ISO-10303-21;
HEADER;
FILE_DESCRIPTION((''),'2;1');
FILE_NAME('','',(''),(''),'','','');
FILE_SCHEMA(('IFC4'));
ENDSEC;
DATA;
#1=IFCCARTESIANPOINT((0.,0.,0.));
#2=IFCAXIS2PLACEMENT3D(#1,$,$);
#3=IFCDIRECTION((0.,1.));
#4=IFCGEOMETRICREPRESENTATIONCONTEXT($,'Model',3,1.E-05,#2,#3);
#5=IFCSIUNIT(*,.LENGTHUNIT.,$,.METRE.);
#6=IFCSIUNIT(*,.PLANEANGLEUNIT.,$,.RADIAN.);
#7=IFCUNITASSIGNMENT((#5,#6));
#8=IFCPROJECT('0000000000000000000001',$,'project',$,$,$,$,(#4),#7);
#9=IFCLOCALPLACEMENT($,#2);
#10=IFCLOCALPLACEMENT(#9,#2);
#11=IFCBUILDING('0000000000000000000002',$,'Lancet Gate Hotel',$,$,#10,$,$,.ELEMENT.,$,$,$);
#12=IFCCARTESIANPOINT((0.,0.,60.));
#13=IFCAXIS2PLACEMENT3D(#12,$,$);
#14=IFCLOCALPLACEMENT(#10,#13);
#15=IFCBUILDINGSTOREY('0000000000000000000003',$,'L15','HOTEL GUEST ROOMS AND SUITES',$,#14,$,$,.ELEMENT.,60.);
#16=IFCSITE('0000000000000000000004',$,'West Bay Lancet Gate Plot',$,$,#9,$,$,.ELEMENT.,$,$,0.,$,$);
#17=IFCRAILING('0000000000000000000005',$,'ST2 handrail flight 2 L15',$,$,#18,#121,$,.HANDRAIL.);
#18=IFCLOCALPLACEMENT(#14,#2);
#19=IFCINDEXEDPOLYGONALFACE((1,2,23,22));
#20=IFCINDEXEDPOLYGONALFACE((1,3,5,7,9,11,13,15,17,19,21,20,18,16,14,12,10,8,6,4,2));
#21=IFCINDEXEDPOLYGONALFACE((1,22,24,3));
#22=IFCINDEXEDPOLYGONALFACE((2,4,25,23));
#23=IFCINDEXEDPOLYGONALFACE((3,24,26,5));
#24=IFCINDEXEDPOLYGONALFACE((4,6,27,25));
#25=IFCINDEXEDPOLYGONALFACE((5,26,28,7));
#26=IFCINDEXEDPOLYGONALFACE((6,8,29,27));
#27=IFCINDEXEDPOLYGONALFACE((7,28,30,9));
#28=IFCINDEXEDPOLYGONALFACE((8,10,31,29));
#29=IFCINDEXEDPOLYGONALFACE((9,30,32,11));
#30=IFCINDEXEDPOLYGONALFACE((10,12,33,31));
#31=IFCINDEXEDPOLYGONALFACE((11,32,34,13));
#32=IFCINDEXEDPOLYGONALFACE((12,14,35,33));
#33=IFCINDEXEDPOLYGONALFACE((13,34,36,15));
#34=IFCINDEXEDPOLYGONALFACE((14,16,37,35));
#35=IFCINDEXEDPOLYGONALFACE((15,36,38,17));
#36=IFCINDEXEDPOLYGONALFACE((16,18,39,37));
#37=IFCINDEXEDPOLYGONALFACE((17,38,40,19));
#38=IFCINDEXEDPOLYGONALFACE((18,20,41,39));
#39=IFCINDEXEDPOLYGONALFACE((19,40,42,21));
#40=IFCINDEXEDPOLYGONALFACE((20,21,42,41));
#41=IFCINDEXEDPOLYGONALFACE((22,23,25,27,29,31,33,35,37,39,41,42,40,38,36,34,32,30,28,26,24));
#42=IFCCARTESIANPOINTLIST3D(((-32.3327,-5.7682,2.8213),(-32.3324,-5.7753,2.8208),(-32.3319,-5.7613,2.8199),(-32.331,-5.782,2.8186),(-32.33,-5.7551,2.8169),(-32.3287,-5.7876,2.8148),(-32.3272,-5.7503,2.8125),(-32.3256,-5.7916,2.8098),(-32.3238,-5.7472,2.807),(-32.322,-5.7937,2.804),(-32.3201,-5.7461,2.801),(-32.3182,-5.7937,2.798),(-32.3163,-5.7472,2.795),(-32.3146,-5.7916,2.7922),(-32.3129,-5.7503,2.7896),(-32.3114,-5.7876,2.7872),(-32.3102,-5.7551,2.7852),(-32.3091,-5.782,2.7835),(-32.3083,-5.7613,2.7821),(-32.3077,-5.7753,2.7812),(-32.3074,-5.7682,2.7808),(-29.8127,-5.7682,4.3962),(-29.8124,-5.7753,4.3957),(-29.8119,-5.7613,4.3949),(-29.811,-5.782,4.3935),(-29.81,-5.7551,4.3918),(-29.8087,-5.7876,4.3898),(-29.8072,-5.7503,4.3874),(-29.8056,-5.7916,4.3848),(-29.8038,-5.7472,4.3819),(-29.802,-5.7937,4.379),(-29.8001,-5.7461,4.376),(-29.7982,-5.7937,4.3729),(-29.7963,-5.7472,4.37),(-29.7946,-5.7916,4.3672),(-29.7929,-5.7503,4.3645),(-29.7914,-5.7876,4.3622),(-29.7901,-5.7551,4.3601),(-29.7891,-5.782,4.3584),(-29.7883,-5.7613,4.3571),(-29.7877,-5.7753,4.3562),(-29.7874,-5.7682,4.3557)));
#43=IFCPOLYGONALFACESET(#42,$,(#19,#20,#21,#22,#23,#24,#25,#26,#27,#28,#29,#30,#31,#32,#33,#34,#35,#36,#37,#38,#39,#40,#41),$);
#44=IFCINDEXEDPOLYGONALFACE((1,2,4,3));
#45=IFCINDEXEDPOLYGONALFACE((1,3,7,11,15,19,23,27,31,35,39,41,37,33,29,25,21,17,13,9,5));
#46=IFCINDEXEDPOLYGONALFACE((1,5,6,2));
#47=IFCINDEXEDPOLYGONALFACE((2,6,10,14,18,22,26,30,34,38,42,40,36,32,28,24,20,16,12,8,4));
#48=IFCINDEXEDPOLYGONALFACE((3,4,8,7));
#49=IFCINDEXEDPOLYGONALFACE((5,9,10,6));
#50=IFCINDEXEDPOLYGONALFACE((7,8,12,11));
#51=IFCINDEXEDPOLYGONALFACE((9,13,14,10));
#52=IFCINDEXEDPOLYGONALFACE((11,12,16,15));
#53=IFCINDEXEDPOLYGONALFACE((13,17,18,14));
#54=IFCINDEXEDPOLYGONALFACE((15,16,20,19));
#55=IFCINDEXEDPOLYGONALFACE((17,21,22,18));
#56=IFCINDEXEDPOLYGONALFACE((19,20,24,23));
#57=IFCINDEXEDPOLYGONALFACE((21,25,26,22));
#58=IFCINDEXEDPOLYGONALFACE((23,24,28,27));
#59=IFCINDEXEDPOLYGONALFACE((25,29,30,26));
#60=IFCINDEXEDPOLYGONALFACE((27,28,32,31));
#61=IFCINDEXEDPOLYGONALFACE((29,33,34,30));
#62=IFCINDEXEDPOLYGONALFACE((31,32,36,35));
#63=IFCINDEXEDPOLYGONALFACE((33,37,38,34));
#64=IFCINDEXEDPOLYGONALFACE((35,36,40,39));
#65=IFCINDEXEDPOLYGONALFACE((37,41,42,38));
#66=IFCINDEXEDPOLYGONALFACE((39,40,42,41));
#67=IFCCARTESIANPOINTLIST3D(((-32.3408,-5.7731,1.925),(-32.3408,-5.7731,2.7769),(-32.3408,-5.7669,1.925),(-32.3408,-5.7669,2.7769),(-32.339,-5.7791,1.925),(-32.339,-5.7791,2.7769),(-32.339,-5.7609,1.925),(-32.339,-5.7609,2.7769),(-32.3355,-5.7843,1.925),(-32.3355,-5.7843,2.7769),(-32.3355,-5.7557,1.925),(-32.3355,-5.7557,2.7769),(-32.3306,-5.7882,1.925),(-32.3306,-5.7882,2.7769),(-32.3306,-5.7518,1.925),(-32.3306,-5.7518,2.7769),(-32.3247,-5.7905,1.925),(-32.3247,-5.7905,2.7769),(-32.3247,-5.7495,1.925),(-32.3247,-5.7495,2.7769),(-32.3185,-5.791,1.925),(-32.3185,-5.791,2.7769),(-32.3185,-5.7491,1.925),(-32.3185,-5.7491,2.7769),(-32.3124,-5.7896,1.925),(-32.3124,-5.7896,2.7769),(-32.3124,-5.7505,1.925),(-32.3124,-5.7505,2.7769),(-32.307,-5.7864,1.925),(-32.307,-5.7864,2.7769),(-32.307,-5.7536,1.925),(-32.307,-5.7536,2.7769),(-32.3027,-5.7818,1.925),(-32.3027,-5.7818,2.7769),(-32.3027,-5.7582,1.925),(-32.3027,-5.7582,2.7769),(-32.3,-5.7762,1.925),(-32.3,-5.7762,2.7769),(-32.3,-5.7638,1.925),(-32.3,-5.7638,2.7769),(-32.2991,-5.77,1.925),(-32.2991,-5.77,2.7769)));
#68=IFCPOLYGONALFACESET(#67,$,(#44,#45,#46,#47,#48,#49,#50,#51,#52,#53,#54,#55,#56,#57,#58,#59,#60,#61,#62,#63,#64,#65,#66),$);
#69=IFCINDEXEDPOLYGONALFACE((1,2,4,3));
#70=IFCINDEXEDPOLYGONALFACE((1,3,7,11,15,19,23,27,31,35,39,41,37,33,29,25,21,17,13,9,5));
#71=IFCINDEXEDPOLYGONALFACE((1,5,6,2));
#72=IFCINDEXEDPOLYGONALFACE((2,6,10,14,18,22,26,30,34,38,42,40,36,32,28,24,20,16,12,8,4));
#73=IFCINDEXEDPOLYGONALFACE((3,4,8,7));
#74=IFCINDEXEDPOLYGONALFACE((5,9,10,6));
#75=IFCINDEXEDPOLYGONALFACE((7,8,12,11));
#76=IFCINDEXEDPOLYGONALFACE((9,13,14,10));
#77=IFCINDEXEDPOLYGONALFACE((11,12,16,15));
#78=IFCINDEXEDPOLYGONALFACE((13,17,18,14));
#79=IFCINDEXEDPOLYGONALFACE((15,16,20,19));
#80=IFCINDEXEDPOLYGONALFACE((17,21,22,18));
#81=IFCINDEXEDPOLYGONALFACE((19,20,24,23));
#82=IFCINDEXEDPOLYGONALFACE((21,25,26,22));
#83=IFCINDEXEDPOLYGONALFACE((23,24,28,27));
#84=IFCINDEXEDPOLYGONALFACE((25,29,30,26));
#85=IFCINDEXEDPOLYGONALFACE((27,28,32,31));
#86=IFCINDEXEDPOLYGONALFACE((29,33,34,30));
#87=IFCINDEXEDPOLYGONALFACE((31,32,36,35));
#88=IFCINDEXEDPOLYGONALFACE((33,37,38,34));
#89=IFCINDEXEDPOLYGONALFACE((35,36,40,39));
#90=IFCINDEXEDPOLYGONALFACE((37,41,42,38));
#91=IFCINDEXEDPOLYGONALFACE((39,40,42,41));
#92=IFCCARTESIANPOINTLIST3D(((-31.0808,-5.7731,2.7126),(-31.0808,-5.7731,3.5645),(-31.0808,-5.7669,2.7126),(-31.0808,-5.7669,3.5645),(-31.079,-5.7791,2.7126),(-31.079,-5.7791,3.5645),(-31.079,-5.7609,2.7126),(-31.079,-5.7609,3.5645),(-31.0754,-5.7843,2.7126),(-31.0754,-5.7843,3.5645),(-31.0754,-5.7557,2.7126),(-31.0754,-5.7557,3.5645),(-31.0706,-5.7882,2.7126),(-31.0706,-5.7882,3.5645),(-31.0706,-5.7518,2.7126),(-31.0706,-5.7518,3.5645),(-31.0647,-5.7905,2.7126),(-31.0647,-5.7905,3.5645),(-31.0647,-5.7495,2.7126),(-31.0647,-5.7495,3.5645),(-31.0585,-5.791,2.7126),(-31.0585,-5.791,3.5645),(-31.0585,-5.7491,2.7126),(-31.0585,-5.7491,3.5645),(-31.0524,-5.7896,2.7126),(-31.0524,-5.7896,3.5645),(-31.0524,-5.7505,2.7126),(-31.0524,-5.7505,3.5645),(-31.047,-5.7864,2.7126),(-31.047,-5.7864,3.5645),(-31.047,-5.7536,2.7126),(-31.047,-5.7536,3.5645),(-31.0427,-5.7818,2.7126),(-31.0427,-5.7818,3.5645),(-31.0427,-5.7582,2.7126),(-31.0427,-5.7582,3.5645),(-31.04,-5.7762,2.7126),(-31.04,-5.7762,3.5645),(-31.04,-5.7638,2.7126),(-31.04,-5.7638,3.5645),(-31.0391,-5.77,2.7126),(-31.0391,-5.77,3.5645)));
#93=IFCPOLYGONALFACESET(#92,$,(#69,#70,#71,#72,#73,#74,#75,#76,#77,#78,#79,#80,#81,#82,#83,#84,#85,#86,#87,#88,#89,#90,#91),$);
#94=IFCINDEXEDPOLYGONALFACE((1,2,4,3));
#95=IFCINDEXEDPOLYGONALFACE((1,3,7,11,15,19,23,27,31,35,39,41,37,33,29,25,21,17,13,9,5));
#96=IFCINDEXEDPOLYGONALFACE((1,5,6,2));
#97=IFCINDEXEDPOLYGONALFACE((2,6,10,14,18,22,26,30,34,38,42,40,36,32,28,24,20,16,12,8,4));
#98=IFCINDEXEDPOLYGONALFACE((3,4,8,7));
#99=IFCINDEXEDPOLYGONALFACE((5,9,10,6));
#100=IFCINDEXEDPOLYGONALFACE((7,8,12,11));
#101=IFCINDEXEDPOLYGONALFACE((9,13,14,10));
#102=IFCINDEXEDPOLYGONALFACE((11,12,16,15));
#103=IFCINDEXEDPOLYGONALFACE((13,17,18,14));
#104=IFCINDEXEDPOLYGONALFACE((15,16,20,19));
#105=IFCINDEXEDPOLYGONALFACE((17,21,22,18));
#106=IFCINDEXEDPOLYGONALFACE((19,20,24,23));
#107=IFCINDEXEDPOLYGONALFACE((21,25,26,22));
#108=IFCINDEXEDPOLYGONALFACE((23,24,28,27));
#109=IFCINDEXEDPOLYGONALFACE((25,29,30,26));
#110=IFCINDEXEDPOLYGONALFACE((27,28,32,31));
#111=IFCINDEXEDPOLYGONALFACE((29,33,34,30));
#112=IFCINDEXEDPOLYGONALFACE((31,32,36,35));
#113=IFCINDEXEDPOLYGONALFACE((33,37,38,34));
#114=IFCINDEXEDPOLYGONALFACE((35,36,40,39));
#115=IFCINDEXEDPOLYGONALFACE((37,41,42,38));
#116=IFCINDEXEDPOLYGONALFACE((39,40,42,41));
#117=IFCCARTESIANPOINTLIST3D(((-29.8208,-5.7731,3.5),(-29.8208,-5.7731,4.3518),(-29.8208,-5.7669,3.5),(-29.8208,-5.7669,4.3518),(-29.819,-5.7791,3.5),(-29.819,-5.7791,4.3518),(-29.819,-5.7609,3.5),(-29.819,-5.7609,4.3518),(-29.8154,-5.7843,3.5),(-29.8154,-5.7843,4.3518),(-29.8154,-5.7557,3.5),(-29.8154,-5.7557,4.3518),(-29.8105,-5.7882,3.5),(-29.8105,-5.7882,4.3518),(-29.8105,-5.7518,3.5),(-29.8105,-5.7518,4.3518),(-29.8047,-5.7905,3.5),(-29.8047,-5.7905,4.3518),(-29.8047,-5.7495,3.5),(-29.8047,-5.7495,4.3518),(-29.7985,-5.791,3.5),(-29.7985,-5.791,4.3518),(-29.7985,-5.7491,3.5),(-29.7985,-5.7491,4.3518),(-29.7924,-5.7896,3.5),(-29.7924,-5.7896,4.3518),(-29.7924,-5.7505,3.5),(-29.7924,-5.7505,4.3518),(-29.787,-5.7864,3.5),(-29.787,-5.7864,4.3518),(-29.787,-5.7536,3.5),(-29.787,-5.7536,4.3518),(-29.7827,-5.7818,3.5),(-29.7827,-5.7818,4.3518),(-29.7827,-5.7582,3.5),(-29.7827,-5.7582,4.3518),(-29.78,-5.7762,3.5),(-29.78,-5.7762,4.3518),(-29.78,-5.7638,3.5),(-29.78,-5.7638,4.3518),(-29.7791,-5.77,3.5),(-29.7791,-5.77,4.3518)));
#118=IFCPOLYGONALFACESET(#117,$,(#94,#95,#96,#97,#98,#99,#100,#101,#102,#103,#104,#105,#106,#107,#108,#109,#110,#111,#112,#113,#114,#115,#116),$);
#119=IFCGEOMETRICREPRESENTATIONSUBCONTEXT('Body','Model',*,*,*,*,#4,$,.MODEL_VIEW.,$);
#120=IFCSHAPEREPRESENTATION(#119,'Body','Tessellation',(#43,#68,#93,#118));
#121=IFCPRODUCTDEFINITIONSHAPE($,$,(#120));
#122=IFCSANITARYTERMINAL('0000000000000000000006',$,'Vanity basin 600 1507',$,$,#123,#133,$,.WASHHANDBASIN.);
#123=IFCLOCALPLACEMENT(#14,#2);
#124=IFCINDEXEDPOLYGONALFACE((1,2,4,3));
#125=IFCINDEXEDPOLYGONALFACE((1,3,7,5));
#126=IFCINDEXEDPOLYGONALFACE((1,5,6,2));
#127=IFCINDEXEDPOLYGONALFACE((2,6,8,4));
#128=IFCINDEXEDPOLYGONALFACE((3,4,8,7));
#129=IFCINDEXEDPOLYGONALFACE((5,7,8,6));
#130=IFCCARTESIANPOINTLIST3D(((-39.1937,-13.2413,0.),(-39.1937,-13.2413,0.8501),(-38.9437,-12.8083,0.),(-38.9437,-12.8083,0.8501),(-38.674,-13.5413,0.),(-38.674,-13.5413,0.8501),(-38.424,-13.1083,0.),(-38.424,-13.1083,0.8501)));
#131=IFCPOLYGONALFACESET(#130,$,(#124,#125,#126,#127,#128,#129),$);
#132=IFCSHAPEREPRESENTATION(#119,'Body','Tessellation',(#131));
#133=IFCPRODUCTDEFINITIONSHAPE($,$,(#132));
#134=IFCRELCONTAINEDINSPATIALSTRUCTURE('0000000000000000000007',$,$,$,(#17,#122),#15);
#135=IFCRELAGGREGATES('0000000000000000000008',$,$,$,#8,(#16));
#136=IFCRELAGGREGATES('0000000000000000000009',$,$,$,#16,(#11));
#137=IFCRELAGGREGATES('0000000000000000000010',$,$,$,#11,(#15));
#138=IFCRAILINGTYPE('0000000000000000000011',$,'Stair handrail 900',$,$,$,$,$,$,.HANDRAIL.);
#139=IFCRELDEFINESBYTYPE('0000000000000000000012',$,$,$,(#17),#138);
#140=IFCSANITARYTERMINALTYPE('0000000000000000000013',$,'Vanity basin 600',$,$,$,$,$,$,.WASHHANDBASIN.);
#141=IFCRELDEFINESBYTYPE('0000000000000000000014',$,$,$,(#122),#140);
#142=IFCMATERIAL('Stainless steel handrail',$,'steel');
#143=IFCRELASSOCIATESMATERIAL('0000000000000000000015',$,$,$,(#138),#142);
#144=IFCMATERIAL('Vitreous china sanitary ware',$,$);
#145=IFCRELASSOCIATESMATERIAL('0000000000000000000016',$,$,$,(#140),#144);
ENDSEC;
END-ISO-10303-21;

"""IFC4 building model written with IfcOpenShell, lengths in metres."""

from ifc_helpers import new_model, si_unit, direction, frame, origin, origin_2d, place, context, subcontext, project, spatial, rectangle, circle, extrude, material, type_object, element, save


model = new_model("IFC4")

# Units and contexts
model_context = context("Model", 3, precision=1e-05, world=origin(), true_north=direction((0.0, 1.0)))
body_context = subcontext(model_context, "Body", "Model", "MODEL_VIEW")
ifc_project = project(units=[si_unit("LENGTHUNIT", "METRE"), si_unit("PLANEANGLEUNIT", "RADIAN")], contexts=[model_context])

# Site, building, storey
site_placement = place(None, origin())
site = spatial("IfcSite", under=ifc_project, at=site_placement, Name="West Bay Lancet Gate Plot", CompositionType="ELEMENT", RefElevation=0.0)
building_placement = place(site_placement, origin())
building = spatial("IfcBuilding", under=site, at=building_placement, Name="Lancet Gate Hotel", CompositionType="ELEMENT")
storey_placement = place(building_placement, frame((0.0, 0.0, 60.0)))
storey = spatial("IfcBuildingStorey", under=building, at=storey_placement, Name="L15", Description="HOTEL GUEST ROOMS AND SUITES", CompositionType="ELEMENT", Elevation=60.0)

# Railing
ifc_material_1 = material(Name="Stainless steel handrail", Category="steel")
railing_type = type_object("IfcRailingType", Name="Stair handrail 900", PredefinedType="HANDRAIL", material=ifc_material_1)
railing_1_placement = place(storey_placement, frame((-32.3201, -5.77, 1.925)))
element("IfcRailing", 1, at=railing_1_placement, inside=storey, type_object=railing_type, Name="ST2 handrail flight 2 L15", PredefinedType="HANDRAIL", context=body_context, shape_type="SweptSolid", body=[
    extrude(circle(Radius=0.0239, at=origin_2d()), frame((0.0, 0.0, 0.876), z_axis=(0.848008, 0.0, 0.529984), x_axis=(0.0, 1.0, 0.0)), (0.0, 0.0, 1.0), 2.9717),
    extrude(circle(Radius=0.021, at=origin_2d()), origin(), (0.0, 0.0, 1.0), 0.8518),
    extrude(circle(Radius=0.021, at=origin_2d()), frame((1.26, 0.0, 0.7876)), (0.0, 0.0, 1.0), 0.8518),
    extrude(circle(Radius=0.021, at=origin_2d()), frame((2.52, 0.0, 1.575)), (0.0, 0.0, 1.0), 0.8518),
])

# Sanitary terminal
ifc_material_2 = material(Name="Vitreous china sanitary ware")
sanitary_terminal_type = type_object("IfcSanitaryTerminalType", Name="Vanity basin 600", PredefinedType="WASHHANDBASIN", material=ifc_material_2)
sanitary_terminal_placement = place(storey_placement, frame((-38.8088, -13.1748, 0.0), z_axis=(0.0, 0.0, 1.0), x_axis=(-0.866025, 0.5, 0.0)))
element("IfcSanitaryTerminal", 2, at=sanitary_terminal_placement, inside=storey, type_object=sanitary_terminal_type, Name="Vanity basin 600 1507", PredefinedType="WASHHANDBASIN", context=body_context, shape_type="SweptSolid", body=[
    extrude(rectangle(XDim=0.6001, YDim=0.5, at=origin_2d()), origin(), (0.0, 0.0, 1.0), 0.8501),
])

save(model, "model.ifc")
